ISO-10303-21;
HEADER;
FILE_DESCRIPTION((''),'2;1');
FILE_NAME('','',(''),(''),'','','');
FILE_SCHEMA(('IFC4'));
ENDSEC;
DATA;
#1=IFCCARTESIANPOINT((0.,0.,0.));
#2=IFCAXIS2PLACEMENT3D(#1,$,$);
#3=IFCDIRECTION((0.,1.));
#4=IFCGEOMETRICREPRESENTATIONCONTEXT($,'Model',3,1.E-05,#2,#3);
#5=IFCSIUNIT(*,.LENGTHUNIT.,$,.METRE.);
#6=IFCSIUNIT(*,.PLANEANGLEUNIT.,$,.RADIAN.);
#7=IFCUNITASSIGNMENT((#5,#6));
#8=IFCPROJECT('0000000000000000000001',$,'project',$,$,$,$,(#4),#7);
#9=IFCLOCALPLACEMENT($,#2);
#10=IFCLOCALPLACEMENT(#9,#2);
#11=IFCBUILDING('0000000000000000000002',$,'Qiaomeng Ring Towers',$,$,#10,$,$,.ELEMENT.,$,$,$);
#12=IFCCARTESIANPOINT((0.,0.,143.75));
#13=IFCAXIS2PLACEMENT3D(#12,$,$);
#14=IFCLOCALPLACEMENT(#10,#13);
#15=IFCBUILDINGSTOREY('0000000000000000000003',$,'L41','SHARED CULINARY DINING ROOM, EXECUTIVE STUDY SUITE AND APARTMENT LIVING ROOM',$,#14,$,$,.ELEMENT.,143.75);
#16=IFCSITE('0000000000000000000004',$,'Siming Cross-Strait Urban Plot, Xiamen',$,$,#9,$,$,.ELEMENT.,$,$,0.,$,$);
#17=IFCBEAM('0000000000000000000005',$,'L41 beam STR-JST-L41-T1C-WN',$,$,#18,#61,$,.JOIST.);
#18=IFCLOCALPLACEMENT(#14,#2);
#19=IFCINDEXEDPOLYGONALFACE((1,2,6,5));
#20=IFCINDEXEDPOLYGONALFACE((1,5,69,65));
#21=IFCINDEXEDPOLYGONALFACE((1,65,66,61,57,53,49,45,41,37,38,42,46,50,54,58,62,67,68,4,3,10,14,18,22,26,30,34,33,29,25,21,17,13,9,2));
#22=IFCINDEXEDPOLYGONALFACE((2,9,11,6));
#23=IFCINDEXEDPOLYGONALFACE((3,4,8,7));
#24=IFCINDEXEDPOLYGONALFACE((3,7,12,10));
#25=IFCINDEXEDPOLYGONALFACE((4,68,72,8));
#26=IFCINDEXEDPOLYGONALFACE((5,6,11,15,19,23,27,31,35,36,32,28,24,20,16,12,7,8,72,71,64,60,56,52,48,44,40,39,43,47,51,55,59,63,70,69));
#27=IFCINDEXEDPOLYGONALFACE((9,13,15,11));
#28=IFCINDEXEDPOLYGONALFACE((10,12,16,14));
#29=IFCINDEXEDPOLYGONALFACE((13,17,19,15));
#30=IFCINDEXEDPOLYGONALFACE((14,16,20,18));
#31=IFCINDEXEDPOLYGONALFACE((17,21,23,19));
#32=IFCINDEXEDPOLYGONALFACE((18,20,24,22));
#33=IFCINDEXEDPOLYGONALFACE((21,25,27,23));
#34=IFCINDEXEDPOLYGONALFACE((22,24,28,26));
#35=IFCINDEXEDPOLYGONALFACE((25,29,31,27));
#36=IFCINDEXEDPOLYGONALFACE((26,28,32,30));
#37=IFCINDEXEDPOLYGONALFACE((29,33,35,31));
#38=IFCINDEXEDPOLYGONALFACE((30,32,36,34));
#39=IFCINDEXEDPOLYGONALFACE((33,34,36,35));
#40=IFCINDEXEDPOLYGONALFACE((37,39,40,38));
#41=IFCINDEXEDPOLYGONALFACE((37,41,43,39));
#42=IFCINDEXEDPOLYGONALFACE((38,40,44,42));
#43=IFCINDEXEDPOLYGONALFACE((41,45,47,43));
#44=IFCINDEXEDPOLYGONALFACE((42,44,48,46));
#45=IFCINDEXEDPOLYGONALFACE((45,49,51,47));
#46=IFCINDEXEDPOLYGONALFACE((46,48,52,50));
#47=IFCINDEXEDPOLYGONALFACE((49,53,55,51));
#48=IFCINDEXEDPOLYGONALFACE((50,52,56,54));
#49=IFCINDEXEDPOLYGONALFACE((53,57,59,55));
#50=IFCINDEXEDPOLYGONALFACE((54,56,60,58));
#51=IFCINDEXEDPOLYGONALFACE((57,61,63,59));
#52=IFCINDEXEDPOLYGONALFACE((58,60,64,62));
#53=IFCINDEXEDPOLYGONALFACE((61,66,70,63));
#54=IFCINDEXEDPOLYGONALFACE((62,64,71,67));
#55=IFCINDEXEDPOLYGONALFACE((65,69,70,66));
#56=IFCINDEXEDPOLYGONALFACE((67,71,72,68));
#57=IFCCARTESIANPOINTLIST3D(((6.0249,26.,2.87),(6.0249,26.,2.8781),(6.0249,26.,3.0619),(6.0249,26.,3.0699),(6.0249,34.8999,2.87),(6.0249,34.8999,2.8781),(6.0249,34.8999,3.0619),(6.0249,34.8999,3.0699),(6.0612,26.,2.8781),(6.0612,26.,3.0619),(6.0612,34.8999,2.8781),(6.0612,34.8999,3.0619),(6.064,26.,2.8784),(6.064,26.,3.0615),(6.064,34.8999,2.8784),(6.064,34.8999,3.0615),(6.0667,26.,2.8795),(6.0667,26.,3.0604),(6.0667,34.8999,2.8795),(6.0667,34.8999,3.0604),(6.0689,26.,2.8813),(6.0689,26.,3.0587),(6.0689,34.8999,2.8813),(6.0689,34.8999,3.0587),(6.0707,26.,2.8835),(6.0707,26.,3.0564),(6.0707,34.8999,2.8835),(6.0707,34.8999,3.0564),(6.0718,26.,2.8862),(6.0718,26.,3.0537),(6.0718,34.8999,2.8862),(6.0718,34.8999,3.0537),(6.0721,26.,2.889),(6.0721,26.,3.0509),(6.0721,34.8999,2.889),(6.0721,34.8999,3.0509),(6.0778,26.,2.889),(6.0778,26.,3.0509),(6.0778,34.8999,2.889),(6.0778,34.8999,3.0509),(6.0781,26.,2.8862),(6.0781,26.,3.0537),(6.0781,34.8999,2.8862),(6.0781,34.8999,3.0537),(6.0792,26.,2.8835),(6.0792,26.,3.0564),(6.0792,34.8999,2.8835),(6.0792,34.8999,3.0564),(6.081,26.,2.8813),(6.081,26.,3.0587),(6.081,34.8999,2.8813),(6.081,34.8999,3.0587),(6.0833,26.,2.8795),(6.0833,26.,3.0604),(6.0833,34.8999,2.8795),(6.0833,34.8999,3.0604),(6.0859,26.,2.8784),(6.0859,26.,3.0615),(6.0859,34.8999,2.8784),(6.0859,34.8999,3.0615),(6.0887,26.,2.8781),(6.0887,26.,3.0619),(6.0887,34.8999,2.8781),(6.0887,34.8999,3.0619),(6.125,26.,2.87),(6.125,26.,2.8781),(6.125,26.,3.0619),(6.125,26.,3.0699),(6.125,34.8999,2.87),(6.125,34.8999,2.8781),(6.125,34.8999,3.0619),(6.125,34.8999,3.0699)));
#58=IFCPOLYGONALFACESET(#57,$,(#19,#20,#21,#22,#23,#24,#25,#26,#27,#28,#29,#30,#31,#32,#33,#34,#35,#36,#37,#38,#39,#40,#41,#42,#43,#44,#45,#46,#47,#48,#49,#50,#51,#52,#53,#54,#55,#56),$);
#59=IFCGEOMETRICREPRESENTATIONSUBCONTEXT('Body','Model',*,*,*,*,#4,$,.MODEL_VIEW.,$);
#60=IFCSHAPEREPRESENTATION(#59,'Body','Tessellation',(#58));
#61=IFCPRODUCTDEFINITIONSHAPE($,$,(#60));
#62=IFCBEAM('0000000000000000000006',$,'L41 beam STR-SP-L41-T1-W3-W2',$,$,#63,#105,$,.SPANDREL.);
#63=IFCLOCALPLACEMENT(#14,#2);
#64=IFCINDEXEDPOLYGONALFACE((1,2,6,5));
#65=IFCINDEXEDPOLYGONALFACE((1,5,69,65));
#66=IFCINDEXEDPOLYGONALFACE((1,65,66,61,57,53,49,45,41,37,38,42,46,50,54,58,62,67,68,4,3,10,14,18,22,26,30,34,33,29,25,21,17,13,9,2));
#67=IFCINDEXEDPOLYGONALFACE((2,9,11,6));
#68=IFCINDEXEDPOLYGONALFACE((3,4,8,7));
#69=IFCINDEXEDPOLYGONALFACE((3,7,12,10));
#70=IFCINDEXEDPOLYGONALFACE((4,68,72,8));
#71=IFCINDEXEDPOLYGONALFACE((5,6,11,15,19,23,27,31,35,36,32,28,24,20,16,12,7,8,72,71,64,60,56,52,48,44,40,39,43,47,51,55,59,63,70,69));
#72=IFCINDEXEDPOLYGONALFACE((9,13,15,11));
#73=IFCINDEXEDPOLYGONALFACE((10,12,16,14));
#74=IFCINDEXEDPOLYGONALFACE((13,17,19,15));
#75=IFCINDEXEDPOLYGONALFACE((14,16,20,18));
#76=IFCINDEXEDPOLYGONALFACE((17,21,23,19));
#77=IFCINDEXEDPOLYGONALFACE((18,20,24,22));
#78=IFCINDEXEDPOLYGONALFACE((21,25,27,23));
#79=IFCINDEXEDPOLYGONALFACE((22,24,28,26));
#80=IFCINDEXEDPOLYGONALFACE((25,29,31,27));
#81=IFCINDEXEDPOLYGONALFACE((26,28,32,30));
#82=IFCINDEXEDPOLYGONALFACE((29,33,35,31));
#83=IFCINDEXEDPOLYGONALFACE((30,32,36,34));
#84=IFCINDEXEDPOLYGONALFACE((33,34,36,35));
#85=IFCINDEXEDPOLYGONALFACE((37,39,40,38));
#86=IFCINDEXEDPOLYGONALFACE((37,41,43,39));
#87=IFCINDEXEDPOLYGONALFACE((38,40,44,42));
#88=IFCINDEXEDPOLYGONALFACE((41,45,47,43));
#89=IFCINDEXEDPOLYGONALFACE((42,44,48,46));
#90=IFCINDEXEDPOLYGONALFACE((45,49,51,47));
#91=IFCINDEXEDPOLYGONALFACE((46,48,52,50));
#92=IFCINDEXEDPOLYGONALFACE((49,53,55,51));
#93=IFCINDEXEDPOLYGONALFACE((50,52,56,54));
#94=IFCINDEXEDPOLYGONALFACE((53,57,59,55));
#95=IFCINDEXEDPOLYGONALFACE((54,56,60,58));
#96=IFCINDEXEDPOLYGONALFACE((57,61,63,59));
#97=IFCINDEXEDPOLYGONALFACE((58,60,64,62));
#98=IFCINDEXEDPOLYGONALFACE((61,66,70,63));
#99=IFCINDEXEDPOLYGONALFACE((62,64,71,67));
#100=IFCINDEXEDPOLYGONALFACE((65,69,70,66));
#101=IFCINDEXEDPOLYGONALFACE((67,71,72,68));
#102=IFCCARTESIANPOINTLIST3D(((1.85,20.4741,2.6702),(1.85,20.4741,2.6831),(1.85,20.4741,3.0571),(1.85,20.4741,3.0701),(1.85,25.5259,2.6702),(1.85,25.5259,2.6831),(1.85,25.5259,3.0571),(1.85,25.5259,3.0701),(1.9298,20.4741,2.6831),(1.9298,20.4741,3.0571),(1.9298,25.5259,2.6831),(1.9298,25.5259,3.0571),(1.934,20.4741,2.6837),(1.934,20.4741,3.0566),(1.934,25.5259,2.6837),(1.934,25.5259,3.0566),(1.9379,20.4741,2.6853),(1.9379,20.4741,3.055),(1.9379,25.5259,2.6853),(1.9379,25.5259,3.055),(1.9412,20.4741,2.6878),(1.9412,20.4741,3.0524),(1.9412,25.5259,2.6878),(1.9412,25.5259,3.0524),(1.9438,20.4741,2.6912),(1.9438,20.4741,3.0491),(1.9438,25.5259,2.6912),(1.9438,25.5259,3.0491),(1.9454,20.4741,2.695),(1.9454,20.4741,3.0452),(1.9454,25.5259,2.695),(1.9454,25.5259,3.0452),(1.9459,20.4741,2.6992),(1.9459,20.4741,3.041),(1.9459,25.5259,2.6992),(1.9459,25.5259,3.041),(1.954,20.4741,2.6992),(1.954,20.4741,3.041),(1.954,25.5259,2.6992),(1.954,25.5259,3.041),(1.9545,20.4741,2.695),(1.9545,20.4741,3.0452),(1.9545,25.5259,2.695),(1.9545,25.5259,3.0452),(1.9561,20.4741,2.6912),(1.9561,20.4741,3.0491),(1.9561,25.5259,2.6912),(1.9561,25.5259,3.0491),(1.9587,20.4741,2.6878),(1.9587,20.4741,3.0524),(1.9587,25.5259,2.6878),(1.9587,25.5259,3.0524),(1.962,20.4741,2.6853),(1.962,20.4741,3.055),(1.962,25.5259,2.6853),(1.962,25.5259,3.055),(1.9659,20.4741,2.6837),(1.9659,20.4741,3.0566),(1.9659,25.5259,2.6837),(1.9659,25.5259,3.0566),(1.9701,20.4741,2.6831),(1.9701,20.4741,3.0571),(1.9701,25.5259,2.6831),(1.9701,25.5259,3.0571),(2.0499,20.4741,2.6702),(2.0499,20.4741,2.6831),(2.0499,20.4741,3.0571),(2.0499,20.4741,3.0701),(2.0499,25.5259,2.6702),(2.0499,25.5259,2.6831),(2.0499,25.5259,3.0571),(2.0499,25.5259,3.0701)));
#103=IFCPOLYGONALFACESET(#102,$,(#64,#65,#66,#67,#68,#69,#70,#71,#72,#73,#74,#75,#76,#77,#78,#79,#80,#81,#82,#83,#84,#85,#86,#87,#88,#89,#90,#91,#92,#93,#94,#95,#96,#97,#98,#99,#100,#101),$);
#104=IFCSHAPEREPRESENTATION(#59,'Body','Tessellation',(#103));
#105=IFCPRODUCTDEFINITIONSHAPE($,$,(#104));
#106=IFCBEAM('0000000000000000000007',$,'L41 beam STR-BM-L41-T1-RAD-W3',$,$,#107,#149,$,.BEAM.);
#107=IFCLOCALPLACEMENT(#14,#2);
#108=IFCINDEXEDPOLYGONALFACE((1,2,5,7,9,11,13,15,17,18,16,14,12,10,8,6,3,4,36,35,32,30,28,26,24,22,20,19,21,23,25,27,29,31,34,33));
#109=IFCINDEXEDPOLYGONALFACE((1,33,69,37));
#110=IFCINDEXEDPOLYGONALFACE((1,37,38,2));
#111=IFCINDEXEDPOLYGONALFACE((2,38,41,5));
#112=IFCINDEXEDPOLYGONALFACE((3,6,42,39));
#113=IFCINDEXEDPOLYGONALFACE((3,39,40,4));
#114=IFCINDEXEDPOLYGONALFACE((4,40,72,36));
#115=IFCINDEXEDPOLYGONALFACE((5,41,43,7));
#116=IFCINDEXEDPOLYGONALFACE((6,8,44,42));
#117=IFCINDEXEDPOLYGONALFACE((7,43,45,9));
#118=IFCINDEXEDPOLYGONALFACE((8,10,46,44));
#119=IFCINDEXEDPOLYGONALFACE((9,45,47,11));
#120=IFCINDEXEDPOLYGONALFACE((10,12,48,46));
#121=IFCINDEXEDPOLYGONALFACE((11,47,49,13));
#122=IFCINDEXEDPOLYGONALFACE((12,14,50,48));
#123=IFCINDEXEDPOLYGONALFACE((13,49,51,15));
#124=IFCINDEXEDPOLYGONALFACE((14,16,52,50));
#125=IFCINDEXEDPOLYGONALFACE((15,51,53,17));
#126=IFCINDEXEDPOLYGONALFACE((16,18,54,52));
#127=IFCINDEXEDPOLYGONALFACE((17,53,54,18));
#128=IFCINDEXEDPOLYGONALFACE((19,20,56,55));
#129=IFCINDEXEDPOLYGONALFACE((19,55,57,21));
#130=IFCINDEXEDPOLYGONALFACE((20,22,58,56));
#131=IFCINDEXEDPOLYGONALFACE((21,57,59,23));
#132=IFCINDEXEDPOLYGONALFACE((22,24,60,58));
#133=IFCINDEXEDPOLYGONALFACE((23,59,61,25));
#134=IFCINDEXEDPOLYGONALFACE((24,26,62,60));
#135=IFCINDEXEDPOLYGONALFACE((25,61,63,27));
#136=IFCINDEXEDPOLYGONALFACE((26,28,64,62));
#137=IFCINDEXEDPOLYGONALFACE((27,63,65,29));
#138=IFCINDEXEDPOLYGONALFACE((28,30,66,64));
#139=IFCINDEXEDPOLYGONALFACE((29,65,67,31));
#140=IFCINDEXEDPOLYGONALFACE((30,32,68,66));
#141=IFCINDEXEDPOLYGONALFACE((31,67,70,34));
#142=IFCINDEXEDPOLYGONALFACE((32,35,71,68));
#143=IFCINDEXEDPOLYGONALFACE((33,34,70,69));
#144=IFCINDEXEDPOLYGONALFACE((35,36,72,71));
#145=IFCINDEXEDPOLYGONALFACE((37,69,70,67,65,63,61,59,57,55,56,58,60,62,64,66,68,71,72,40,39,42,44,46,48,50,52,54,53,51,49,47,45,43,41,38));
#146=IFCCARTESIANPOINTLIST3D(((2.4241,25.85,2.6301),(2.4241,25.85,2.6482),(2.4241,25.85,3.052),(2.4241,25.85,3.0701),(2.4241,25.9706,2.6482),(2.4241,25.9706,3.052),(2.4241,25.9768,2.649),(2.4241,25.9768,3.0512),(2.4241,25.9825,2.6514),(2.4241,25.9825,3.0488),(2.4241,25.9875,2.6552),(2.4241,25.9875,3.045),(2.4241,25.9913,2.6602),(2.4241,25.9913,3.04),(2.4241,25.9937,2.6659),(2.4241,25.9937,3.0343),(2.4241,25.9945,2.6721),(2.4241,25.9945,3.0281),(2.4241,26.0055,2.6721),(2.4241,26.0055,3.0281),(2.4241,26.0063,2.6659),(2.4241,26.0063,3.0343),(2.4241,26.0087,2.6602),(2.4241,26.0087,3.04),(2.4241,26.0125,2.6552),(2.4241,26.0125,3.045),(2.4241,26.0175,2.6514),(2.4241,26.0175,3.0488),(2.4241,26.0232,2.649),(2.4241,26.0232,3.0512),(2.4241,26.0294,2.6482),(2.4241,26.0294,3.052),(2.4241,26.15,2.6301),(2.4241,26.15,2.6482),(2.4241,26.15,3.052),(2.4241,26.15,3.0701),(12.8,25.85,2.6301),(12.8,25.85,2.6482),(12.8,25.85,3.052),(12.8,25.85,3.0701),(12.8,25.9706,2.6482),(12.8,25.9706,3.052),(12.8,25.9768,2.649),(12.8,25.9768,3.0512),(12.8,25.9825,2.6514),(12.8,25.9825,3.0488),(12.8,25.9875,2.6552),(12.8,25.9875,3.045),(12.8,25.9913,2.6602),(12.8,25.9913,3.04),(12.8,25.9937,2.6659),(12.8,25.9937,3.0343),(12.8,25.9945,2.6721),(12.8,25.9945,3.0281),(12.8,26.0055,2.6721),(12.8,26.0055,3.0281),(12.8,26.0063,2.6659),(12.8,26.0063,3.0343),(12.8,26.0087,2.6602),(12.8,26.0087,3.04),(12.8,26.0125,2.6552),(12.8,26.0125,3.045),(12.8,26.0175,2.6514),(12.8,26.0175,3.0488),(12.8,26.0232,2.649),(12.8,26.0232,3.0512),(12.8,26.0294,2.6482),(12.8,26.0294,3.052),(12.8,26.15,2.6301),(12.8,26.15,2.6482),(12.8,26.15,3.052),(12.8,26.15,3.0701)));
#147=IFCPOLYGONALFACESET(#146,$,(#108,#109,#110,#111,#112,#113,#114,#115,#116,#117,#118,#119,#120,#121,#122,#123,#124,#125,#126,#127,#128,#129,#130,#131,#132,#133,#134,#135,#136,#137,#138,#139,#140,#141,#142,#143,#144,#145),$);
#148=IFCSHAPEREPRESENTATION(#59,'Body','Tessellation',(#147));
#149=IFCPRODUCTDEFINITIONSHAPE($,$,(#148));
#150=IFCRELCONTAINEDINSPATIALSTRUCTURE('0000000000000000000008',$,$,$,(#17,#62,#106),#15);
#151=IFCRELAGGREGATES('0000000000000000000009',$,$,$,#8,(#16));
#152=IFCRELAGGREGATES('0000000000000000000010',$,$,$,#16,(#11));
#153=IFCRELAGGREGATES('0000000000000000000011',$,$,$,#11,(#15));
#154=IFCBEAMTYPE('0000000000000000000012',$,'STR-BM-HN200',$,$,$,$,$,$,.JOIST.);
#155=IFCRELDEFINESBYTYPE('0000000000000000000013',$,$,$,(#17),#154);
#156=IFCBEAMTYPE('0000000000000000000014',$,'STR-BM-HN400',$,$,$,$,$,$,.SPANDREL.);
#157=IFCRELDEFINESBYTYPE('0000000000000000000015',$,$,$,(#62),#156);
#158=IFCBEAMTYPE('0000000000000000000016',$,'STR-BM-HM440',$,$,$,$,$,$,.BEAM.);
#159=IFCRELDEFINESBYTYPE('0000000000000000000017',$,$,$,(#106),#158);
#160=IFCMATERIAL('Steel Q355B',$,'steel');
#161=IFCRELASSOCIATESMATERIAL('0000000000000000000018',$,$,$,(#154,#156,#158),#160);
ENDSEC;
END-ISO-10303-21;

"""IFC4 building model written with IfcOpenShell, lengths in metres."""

from ifc_helpers import new_model, si_unit, direction, frame, origin, origin_2d, place, context, subcontext, project, spatial, i_section, extrude, source, transform, mapped, material, material_profile, profile_set, type_object, element, save


model = new_model("IFC4")

# Units and contexts
model_context = context("Model", 3, precision=1e-05, world=origin(), true_north=direction((0.0, 1.0)))
body_context = subcontext(model_context, "Body", "Model", "MODEL_VIEW")
ifc_project = project(units=[si_unit("LENGTHUNIT", "METRE"), si_unit("PLANEANGLEUNIT", "RADIAN")], contexts=[model_context])

# Site, building, storey
site_placement = place(None, origin())
site = spatial("IfcSite", under=ifc_project, at=site_placement, Name="Siming Cross-Strait Urban Plot, Xiamen", CompositionType="ELEMENT", RefElevation=0.0)
building_placement = place(site_placement, origin())
building = spatial("IfcBuilding", under=site, at=building_placement, Name="Qiaomeng Ring Towers", CompositionType="ELEMENT")
storey_placement = place(building_placement, frame((0.0, 0.0, 143.75)))
storey = spatial("IfcBuildingStorey", under=building, at=storey_placement, Name="L41", Description="SHARED CULINARY DINING ROOM, EXECUTIVE STUDY SUITE AND APARTMENT LIVING ROOM", CompositionType="ELEMENT", Elevation=143.75)

# Beams
ifc_material_1 = material(Name="Steel Q355B", Category="steel")
ifc_material_profile_1 = material_profile(ifc_material_1, i_section(OverallWidth=0.1001, OverallDepth=0.2, WebThickness=0.0056, FlangeThickness=0.0081, FilletRadius=0.011, at=origin_2d()), Name="HN 200x100x5.5x8")
ifc_profile_set_1 = profile_set([ifc_material_profile_1], Name="Steel Q355B")
beam_type_1 = type_object("IfcBeamType", Name="STR-BM-HN200", PredefinedType="JOIST", material=ifc_profile_set_1)
shared_shape_1 = source(origin(), body_context, "Body", "SweptSolid", [
    extrude(i_section(OverallWidth=0.1001, OverallDepth=0.2, WebThickness=0.0056, FlangeThickness=0.0081, FilletRadius=0.011, at=origin_2d()), origin(), (0.0, 0.0, 1.0), 8.8999),
])
beam_1_placement = place(storey_placement, frame((6.075, 26.0, 2.97), z_axis=(0.0, 1.0, 0.0), x_axis=(-1.0, 0.0, 0.0)))
element("IfcBeam", 1, at=beam_1_placement, inside=storey, type_object=beam_type_1, Name="L41 beam STR-JST-L41-T1C-WN", PredefinedType="JOIST", context=body_context, shape_type="MappedRepresentation", body=[
    mapped(shared_shape_1, transform((0.0, 0.0, 0.0), x_axis=(1.0, 0.0, 0.0), y_axis=(0.0, 1.0, 0.0), z_axis=(0.0, 0.0, 1.0), scale=1.0)),
])
ifc_material_profile_2 = material_profile(ifc_material_1, i_section(OverallWidth=0.2, OverallDepth=0.3999, WebThickness=0.0081, FlangeThickness=0.0129, FilletRadius=0.0161, at=origin_2d()), Name="HN 400x200x8x13")
ifc_profile_set_2 = profile_set([ifc_material_profile_2], Name="Steel Q355B")
beam_type_2 = type_object("IfcBeamType", Name="STR-BM-HN400", PredefinedType="SPANDREL", material=ifc_profile_set_2)
shared_shape_2 = source(origin(), body_context, "Body", "SweptSolid", [
    extrude(i_section(OverallWidth=0.2, OverallDepth=0.3999, WebThickness=0.0081, FlangeThickness=0.0129, FilletRadius=0.0161, at=origin_2d()), origin(), (0.0, 0.0, 1.0), 5.0518),
])
beam_2_placement = place(storey_placement, frame((1.95, 25.5259, 2.8701), z_axis=(0.0, -1.0, 0.0), x_axis=(1.0, 0.0, 0.0)))
element("IfcBeam", 2, at=beam_2_placement, inside=storey, type_object=beam_type_2, Name="L41 beam STR-SP-L41-T1-W3-W2", PredefinedType="SPANDREL", context=body_context, shape_type="MappedRepresentation", body=[
    mapped(shared_shape_2, transform((0.0, 0.0, 0.0), x_axis=(1.0, 0.0, 0.0), y_axis=(0.0, 1.0, 0.0), z_axis=(0.0, 0.0, 1.0), scale=1.0)),
])
ifc_material_profile_3 = material_profile(ifc_material_1, i_section(OverallWidth=0.3, OverallDepth=0.4399, WebThickness=0.011, FlangeThickness=0.0181, FilletRadius=0.0239, at=origin_2d()), Name="HM 440x300x11x18")
ifc_profile_set_3 = profile_set([ifc_material_profile_3], Name="Steel Q355B")
beam_type_3 = type_object("IfcBeamType", Name="STR-BM-HM440", PredefinedType="BEAM", material=ifc_profile_set_3)
shared_shape_3 = source(origin(), body_context, "Body", "SweptSolid", [
    extrude(i_section(OverallWidth=0.3, OverallDepth=0.4399, WebThickness=0.011, FlangeThickness=0.0181, FilletRadius=0.0239, at=origin_2d()), origin(), (0.0, 0.0, 1.0), 10.376),
])
beam_3_placement = place(storey_placement, frame((2.4241, 26.0, 2.8501), z_axis=(1.0, 0.0, 0.0), x_axis=(0.0, 1.0, 0.0)))
element("IfcBeam", 3, at=beam_3_placement, inside=storey, type_object=beam_type_3, Name="L41 beam STR-BM-L41-T1-RAD-W3", PredefinedType="BEAM", context=body_context, shape_type="MappedRepresentation", body=[
    mapped(shared_shape_3, transform((0.0, 0.0, 0.0), x_axis=(1.0, 0.0, 0.0), y_axis=(0.0, 1.0, 0.0), z_axis=(0.0, 0.0, 1.0), scale=1.0)),
])

save(model, "model.ifc")
